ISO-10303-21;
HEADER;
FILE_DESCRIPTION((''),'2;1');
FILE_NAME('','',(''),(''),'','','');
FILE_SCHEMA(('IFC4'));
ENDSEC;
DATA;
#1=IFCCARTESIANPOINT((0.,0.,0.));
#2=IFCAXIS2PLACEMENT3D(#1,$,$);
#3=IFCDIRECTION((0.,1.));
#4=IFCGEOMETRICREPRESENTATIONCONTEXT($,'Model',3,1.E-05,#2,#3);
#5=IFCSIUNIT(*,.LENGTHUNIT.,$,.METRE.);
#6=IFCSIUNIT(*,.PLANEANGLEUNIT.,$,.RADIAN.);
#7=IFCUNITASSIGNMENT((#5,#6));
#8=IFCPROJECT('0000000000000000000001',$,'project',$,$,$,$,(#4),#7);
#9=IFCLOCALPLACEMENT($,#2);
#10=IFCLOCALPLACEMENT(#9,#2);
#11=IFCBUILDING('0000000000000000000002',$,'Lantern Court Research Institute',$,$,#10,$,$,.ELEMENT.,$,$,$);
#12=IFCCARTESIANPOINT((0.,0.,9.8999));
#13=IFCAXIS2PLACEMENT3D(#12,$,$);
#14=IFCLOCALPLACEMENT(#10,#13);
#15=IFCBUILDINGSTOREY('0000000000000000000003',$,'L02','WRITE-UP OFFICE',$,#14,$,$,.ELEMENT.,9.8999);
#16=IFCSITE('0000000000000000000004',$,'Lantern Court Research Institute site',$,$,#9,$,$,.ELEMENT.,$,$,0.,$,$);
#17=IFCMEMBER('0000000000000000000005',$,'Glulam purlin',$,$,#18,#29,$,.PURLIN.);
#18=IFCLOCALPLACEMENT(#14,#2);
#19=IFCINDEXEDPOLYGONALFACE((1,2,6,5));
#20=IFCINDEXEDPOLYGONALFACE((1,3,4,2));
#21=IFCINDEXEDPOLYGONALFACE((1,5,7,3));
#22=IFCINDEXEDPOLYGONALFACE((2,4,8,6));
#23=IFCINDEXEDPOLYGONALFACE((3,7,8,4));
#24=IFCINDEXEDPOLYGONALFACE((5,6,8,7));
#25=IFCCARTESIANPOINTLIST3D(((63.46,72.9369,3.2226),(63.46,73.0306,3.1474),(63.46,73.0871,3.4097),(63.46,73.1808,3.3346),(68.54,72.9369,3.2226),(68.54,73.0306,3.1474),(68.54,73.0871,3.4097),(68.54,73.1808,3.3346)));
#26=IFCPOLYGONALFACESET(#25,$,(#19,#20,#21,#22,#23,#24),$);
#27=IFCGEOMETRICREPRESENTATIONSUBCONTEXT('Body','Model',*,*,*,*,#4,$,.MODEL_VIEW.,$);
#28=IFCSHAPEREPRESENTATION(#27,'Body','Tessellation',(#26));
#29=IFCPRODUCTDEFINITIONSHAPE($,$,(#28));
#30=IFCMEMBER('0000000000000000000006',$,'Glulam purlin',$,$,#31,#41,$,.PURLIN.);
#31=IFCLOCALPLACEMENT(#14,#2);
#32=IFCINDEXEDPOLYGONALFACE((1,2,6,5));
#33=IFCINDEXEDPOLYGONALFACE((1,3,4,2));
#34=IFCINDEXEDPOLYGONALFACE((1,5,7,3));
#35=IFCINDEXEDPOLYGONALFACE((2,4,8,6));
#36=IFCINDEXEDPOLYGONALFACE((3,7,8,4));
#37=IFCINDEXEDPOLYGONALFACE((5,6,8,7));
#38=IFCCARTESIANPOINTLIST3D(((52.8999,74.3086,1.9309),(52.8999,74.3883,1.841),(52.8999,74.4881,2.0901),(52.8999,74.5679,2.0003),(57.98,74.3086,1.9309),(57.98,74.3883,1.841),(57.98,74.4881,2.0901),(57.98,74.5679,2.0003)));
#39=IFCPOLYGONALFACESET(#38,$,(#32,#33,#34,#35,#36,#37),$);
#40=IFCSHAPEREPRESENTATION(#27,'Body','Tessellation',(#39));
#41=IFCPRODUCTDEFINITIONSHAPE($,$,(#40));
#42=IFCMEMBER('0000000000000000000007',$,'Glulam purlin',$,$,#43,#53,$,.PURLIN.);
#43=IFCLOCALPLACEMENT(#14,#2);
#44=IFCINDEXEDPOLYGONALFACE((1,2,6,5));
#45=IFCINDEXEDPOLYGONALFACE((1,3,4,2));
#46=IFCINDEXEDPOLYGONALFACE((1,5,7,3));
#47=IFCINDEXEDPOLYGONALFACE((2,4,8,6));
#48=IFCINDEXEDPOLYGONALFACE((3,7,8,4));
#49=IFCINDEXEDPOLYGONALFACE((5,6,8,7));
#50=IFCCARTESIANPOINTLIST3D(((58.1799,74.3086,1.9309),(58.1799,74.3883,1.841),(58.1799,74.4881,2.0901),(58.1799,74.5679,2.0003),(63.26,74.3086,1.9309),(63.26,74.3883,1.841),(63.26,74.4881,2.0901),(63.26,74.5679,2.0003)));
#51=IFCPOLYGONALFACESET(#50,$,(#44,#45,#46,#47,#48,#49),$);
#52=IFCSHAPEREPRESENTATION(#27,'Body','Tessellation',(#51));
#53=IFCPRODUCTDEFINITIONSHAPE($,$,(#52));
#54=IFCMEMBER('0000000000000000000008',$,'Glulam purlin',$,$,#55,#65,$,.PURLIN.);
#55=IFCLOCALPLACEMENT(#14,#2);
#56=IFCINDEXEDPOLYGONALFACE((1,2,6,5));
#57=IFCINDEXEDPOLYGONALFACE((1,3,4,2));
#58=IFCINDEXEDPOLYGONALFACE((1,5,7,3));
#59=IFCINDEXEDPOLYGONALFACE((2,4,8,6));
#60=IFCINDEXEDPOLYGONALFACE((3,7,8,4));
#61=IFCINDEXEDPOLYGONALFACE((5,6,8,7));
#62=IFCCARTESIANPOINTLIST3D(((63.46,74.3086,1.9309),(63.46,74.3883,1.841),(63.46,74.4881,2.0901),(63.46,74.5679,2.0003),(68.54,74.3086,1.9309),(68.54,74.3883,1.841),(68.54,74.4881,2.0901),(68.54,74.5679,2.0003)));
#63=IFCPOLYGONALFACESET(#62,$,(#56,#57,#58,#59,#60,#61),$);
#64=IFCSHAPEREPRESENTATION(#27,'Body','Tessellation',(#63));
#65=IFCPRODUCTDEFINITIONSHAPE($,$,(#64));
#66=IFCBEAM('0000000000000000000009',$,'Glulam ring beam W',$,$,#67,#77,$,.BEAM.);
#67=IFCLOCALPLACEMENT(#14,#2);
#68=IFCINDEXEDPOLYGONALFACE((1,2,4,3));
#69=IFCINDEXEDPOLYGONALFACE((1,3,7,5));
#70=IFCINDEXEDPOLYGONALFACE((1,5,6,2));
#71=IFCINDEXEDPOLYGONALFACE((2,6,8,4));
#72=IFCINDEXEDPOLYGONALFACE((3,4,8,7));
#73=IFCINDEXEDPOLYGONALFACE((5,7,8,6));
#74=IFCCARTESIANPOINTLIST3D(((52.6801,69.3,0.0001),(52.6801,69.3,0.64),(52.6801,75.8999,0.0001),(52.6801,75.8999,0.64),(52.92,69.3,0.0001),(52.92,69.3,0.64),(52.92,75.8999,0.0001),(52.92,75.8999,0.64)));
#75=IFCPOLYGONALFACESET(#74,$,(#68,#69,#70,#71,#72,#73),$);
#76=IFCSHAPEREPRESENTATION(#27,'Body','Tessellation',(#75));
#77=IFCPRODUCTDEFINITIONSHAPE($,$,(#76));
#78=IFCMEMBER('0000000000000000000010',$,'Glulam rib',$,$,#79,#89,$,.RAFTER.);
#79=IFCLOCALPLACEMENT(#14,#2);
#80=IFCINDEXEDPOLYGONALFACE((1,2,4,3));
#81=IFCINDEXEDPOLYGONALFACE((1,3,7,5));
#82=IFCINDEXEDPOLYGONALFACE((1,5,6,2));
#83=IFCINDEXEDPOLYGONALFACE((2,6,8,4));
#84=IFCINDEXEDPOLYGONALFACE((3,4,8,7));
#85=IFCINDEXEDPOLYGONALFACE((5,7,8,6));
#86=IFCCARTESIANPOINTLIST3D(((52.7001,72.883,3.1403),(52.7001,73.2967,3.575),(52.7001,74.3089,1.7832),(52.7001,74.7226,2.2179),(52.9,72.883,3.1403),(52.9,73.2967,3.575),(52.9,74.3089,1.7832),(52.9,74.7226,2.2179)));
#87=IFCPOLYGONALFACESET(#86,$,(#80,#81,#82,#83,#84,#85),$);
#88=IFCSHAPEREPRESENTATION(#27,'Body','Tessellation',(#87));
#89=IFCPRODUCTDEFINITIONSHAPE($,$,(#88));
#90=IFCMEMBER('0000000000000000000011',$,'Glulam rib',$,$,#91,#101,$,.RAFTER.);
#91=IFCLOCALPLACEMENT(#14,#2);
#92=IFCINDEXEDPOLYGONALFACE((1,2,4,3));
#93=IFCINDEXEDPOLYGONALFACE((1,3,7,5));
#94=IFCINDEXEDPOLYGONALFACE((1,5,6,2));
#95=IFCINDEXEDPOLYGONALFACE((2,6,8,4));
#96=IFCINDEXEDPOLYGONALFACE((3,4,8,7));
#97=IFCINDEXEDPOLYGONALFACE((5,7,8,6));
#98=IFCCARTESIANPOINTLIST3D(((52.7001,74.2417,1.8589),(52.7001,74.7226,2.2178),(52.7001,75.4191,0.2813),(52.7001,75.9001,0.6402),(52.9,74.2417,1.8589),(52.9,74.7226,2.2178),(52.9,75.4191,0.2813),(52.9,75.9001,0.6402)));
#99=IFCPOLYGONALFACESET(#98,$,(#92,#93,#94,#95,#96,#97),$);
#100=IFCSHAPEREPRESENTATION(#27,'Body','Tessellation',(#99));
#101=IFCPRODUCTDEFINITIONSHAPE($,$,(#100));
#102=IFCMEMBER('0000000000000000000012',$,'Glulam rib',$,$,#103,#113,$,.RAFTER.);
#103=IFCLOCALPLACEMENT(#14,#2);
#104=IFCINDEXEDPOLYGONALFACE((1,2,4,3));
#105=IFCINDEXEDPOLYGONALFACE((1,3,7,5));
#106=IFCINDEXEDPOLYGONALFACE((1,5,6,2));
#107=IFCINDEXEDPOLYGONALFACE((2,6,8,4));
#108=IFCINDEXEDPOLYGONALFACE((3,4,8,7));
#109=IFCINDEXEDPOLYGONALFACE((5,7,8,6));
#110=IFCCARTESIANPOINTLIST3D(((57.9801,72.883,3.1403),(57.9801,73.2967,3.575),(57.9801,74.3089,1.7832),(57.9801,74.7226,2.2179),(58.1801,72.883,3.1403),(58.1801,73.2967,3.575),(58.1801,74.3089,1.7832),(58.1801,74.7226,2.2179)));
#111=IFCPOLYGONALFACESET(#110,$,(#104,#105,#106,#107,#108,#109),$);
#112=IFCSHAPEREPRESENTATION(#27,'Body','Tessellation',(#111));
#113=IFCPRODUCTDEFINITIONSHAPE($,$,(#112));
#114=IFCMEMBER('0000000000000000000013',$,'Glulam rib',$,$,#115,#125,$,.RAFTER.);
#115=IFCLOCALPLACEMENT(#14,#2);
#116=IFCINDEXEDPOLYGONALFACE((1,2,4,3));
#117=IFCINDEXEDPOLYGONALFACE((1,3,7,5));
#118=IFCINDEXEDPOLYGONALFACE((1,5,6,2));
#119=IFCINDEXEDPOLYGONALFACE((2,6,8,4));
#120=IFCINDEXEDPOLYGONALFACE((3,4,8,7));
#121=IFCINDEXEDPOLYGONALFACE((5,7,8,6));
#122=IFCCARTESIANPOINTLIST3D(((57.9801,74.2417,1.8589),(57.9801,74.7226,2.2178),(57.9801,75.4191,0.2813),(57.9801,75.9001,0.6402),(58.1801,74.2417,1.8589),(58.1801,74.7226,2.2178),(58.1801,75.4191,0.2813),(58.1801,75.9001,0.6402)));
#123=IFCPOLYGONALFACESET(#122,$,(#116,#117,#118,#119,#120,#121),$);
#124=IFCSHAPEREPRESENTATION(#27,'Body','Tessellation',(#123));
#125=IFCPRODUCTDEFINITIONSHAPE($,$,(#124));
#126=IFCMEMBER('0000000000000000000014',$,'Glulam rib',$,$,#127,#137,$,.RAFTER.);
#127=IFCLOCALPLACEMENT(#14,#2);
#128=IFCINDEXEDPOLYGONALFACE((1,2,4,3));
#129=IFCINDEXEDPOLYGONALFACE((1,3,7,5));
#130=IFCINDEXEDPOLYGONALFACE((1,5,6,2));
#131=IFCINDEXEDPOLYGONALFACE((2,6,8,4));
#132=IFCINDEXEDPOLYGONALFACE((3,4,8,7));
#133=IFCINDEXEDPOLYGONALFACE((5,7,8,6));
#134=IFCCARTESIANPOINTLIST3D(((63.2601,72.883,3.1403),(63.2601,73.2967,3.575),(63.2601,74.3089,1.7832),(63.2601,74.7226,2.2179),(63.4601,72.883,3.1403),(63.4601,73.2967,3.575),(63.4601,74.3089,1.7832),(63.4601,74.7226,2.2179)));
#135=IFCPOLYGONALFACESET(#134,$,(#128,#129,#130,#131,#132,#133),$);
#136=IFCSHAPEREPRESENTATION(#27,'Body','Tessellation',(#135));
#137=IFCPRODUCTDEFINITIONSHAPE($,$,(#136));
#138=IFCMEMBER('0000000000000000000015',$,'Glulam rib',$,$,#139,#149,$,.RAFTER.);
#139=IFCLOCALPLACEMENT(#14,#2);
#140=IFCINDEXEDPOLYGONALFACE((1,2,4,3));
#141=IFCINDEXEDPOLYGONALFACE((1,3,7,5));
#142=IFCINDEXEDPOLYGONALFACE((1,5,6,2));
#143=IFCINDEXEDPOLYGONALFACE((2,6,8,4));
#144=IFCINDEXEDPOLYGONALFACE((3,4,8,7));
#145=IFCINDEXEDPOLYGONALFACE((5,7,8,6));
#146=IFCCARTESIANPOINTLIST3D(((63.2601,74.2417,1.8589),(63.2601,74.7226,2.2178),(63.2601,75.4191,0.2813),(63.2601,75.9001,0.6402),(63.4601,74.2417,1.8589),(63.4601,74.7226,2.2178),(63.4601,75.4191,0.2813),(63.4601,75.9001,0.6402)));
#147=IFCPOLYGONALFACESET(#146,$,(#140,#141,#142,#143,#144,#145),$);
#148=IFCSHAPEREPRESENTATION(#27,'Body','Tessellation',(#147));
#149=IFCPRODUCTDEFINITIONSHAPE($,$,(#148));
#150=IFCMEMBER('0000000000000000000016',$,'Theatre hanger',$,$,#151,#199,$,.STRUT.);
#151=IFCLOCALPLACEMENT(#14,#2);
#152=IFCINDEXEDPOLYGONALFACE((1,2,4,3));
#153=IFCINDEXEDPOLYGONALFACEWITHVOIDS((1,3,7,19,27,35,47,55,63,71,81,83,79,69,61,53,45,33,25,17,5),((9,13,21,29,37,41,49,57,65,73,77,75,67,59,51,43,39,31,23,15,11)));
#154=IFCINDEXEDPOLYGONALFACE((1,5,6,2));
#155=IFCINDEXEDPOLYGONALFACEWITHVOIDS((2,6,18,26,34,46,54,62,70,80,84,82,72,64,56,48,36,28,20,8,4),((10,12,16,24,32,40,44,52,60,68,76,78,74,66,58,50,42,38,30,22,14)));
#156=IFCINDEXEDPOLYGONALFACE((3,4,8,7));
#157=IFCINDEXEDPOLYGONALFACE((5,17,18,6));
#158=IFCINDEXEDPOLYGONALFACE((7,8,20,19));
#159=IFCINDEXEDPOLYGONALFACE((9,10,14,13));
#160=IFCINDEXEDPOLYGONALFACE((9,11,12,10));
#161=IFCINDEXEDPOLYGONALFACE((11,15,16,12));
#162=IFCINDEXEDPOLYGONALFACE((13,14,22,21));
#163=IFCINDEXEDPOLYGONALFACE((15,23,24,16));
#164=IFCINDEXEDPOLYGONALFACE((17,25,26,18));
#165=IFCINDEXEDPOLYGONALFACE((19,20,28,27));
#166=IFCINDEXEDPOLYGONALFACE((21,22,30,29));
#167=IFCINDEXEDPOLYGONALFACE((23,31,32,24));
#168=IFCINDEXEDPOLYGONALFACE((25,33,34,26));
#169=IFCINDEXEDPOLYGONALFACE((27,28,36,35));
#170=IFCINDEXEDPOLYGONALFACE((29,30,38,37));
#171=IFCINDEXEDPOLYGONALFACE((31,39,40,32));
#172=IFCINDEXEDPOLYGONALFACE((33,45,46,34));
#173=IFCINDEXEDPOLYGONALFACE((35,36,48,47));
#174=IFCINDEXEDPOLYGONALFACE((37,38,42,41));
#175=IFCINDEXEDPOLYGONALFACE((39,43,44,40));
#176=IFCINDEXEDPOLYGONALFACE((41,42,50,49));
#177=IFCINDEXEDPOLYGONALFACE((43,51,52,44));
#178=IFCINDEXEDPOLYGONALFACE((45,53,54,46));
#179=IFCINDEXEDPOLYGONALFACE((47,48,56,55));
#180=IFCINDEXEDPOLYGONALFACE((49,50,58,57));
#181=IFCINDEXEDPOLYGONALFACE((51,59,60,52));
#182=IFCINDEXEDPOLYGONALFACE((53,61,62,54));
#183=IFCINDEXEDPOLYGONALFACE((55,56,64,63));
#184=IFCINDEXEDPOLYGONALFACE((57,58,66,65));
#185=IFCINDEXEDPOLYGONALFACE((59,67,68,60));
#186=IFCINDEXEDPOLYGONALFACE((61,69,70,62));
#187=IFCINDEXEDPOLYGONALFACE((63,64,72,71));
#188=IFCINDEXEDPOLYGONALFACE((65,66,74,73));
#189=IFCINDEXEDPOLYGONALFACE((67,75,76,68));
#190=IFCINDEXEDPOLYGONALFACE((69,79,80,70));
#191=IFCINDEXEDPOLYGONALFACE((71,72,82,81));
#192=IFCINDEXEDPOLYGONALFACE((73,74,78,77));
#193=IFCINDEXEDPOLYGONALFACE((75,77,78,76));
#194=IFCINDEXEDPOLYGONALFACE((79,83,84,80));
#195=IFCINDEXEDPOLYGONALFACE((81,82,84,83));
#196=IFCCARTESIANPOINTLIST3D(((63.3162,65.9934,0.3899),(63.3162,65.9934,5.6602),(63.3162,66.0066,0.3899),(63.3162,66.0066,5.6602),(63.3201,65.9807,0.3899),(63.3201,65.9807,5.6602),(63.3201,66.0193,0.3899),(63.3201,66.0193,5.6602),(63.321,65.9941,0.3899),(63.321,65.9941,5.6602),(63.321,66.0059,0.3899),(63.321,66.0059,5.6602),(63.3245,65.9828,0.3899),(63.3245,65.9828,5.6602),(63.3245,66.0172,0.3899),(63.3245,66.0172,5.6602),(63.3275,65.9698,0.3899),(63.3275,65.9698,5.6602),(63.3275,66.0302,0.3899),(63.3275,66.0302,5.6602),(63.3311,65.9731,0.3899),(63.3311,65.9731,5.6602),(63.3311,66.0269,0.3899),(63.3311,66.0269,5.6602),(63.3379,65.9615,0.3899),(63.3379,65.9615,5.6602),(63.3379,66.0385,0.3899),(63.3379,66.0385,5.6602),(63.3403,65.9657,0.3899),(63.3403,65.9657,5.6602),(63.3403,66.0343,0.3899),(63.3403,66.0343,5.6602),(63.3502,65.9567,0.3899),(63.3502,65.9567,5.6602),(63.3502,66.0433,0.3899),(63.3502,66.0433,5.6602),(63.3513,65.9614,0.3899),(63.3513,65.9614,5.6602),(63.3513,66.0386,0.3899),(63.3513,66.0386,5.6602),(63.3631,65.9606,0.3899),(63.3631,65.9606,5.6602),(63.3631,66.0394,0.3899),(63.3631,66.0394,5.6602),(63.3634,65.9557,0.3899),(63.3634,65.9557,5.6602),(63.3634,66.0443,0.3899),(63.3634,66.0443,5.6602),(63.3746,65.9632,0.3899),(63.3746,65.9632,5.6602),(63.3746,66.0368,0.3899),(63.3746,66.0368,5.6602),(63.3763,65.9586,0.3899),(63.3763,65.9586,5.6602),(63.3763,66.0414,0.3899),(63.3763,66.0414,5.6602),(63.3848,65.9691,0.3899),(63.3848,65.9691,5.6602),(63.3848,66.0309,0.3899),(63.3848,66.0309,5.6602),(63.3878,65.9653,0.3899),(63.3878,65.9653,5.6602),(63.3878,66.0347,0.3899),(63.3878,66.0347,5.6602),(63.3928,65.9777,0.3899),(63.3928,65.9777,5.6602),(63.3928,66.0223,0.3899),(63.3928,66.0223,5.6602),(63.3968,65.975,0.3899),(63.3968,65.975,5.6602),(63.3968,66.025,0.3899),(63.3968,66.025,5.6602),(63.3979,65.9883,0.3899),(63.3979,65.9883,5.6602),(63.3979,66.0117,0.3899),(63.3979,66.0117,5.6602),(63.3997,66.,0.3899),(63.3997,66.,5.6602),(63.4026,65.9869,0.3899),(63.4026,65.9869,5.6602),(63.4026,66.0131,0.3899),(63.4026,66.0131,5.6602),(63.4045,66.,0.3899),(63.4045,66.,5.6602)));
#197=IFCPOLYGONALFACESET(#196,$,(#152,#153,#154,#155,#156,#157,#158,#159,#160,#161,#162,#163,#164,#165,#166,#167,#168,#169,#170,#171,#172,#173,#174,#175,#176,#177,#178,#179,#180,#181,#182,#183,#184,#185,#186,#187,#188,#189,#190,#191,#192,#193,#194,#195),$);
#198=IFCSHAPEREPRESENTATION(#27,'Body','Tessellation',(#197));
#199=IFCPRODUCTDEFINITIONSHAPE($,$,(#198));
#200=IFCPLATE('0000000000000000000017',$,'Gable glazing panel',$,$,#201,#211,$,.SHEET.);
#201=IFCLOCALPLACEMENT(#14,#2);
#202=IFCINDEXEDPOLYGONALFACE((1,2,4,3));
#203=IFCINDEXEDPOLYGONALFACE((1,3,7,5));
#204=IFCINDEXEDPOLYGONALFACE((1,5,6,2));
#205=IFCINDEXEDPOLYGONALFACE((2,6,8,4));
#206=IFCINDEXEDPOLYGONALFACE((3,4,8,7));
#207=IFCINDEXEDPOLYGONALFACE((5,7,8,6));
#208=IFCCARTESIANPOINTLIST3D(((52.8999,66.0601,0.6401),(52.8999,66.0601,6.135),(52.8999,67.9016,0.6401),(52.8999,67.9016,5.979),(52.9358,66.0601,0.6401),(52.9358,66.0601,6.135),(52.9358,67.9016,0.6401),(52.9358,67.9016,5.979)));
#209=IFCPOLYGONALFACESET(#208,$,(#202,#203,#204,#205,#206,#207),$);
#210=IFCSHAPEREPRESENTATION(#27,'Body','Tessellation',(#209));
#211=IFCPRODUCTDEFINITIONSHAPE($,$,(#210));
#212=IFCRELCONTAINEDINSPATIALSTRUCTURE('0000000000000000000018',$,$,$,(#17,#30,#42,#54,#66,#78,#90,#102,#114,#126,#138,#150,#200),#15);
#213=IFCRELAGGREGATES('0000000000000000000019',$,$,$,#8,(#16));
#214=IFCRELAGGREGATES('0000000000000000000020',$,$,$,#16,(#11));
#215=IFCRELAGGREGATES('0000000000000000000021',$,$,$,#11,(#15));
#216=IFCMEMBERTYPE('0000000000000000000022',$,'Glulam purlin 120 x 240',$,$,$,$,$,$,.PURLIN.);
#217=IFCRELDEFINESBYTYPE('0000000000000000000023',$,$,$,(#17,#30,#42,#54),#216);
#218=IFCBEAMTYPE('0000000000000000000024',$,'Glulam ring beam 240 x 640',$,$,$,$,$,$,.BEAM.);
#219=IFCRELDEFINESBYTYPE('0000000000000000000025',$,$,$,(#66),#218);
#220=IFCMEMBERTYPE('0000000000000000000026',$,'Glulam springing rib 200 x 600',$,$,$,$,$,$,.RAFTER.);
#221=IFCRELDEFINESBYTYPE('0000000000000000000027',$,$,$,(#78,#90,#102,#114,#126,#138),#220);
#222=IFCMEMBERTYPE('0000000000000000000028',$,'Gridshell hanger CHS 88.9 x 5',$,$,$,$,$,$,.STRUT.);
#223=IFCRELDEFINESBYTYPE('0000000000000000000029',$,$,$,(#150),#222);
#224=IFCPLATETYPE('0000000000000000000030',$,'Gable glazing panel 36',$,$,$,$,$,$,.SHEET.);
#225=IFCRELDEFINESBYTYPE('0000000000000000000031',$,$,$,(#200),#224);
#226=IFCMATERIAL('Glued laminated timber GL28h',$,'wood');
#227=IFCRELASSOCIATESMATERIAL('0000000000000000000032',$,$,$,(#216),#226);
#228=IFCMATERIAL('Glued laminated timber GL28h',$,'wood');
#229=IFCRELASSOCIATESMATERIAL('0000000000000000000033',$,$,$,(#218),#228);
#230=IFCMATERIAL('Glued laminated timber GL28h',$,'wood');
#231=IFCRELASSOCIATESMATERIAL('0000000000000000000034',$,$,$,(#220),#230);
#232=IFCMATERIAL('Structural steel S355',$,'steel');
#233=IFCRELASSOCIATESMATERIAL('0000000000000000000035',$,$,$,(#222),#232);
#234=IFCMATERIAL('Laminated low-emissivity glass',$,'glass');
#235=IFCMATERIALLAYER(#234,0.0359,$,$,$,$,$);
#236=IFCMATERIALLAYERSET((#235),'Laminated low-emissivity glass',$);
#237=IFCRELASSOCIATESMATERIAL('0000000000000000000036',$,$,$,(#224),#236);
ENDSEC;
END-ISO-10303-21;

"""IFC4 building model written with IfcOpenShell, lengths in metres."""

from ifc_helpers import new_model, si_unit, direction, frame, origin, origin_2d, place, context, subcontext, project, spatial, polyline, rectangle, hollow_circle, outline, extrude, material, layer, layer_set, material_profile, profile_set, type_object, element, save


model = new_model("IFC4")

# Units and contexts
model_context = context("Model", 3, precision=1e-05, world=origin(), true_north=direction((0.0, 1.0)))
body_context = subcontext(model_context, "Body", "Model", "MODEL_VIEW")
ifc_project = project(units=[si_unit("LENGTHUNIT", "METRE"), si_unit("PLANEANGLEUNIT", "RADIAN")], contexts=[model_context])

# Site, building, storey
site_placement = place(None, origin())
site = spatial("IfcSite", under=ifc_project, at=site_placement, Name="Lantern Court Research Institute site", CompositionType="ELEMENT", RefElevation=0.0)
building_placement = place(site_placement, origin())
building = spatial("IfcBuilding", under=site, at=building_placement, Name="Lantern Court Research Institute", CompositionType="ELEMENT")
storey_placement = place(building_placement, frame((0.0, 0.0, 9.8999)))
storey = spatial("IfcBuildingStorey", under=building, at=storey_placement, Name="L02", Description="WRITE-UP OFFICE", CompositionType="ELEMENT", Elevation=9.8999)

# Members
ifc_material_1 = material(Name="Glued laminated timber GL28h", Category="wood")
ifc_material_profile_1 = material_profile(ifc_material_1, rectangle(XDim=0.1201, YDim=0.24, at=origin_2d()), Name="Glulam purlin 120 x 240")
ifc_profile_set_1 = profile_set([ifc_material_profile_1], Name="Glued laminated timber GL28h")
member_type_1 = type_object("IfcMemberType", Name="Glulam purlin 120 x 240", PredefinedType="PURLIN", material=ifc_profile_set_1)
for number, where, z_axis, x_axis, name in (
    (1, (63.46, 73.0588, 3.2786), (1.0, 0.0, 0.0), (0.0, 0.779999, -0.62578), "Glulam purlin"),
    (2, (52.8999, 74.4382, 1.9656), (1.0, 0.0, 0.0), (0.0, 0.663608, -0.74808), "Glulam purlin"),
    (3, (58.1799, 74.4382, 1.9656), (1.0, 0.0, 0.0), (0.0, 0.663608, -0.74808), "Glulam purlin"),
    (4, (63.46, 74.4382, 1.9656), (1.0, 0.0, 0.0), (0.0, 0.663608, -0.74808), "Glulam purlin"),
):
    element("IfcMember", number, at=place(storey_placement, frame(where, z_axis=z_axis, x_axis=x_axis)), inside=storey, type_object=member_type_1, Name=name, PredefinedType="PURLIN", context=body_context, shape_type="SweptSolid", body=[
        extrude(rectangle(XDim=0.1201, YDim=0.24, at=origin_2d()), origin(), (0.0, 0.0, 1.0), 5.0801),
    ])

# Beam
ifc_material_2 = material(Name="Glued laminated timber GL28h", Category="wood")
ifc_material_profile_2 = material_profile(ifc_material_2, rectangle(XDim=0.24, YDim=0.6399, at=origin_2d()), Name="Glulam ring beam 240 x 640")
ifc_profile_set_2 = profile_set([ifc_material_profile_2], Name="Glued laminated timber GL28h")
beam_type = type_object("IfcBeamType", Name="Glulam ring beam 240 x 640", PredefinedType="BEAM", material=ifc_profile_set_2)
beam_placement = place(storey_placement, frame((52.8, 69.3, 0.3201), z_axis=(0.0, 1.0, 0.0), x_axis=(-1.0, 0.0, 0.0)))
element("IfcBeam", 5, at=beam_placement, inside=storey, type_object=beam_type, Name="Glulam ring beam W", PredefinedType="BEAM", context=body_context, shape_type="SweptSolid", body=[
    extrude(rectangle(XDim=0.24, YDim=0.6399, at=origin_2d()), origin(), (0.0, 0.0, 1.0), 6.5999),
])

# Members
ifc_material_3 = material(Name="Glued laminated timber GL28h", Category="wood")
ifc_material_profile_3 = material_profile(ifc_material_3, rectangle(XDim=0.2, YDim=0.6001, at=origin_2d()), Name="Glulam springing rib 200 x 600")
ifc_profile_set_3 = profile_set([ifc_material_profile_3], Name="Glued laminated timber GL28h")
member_type_2 = type_object("IfcMemberType", Name="Glulam springing rib 200 x 600", PredefinedType="RAFTER", material=ifc_profile_set_3)
for number, where, z_axis, x_axis, name in (
    (6, (52.8, 73.0898, 3.3577), (0.0, 0.724377, -0.689404), (-1.0, 0.0, 0.0), "Glulam rib"),
    (7, (52.8, 74.4822, 2.0383), (0.0, 0.598133, -0.801397), (-1.0, 0.0, 0.0), "Glulam rib"),
    (8, (58.0801, 73.0898, 3.3577), (0.0, 0.724377, -0.689404), (-1.0, 0.0, 0.0), "Glulam rib"),
    (9, (58.0801, 74.4822, 2.0383), (0.0, 0.598133, -0.801397), (-1.0, 0.0, 0.0), "Glulam rib"),
    (10, (63.3601, 73.0898, 3.3577), (0.0, 0.724377, -0.689404), (-1.0, 0.0, 0.0), "Glulam rib"),
    (11, (63.3601, 74.4822, 2.0383), (0.0, 0.598133, -0.801397), (-1.0, 0.0, 0.0), "Glulam rib"),
):
    element("IfcMember", number, at=place(storey_placement, frame(where, z_axis=z_axis, x_axis=x_axis)), inside=storey, type_object=member_type_2, Name=name, PredefinedType="RAFTER", context=body_context, shape_type="SweptSolid", body=[
        extrude(rectangle(XDim=0.2, YDim=0.6001, at=origin_2d()), origin(), (0.0, 0.0, 1.0), 1.9685),
    ])
ifc_material_4 = material(Name="Structural steel S355", Category="steel")
ifc_material_profile_4 = material_profile(ifc_material_4, hollow_circle(Radius=0.0444, WallThickness=0.0049, at=origin_2d()), Name="Gridshell hanger CHS 88.9 x 5")
ifc_profile_set_4 = profile_set([ifc_material_profile_4], Name="Structural steel S355")
member_type_3 = type_object("IfcMemberType", Name="Gridshell hanger CHS 88.9 x 5", PredefinedType="STRUT", material=ifc_profile_set_4)
member_1_placement = place(storey_placement, frame((63.3601, 66.0, 0.3899), z_axis=(0.0, 0.0, 1.0), x_axis=(1.0, 0.0, 0.0)))
element("IfcMember", 12, at=member_1_placement, inside=storey, type_object=member_type_3, Name="Theatre hanger", PredefinedType="STRUT", context=body_context, shape_type="SweptSolid", body=[
    extrude(hollow_circle(Radius=0.0444, WallThickness=0.0049, at=origin_2d()), origin(), (0.0, 0.0, 1.0), 5.2703),
])

# Plate
ifc_material_5 = material(Name="Laminated low-emissivity glass", Category="glass")
ifc_layer_1 = layer(ifc_material_5, 0.0359)
ifc_layer_set_1 = layer_set([ifc_layer_1], Name="Laminated low-emissivity glass")
plate_type = type_object("IfcPlateType", Name="Gable glazing panel 36", PredefinedType="SHEET", material=ifc_layer_set_1)
plate_1_placement = place(storey_placement, frame((52.918, 66.0601, 0.6401), z_axis=(0.0, 0.0, 1.0), x_axis=(0.0, 1.0, 0.0)))
element("IfcPlate", 13, at=plate_1_placement, inside=storey, type_object=plate_type, Name="Gable glazing panel", PredefinedType="SHEET", context=body_context, shape_type="SweptSolid", body=[
    extrude(outline(polyline([(0.0, 0.0), (1.8416, 0.0), (1.8416, 5.3389), (0.0, 5.4949), (0.0, 0.0)])), frame((0.0, 0.0181, 0.0), z_axis=(0.0, -1.0, 0.0), x_axis=(1.0, 0.0, 0.0)), (0.0, 0.0, 1.0), 0.0359),
])

save(model, "model.ifc")
